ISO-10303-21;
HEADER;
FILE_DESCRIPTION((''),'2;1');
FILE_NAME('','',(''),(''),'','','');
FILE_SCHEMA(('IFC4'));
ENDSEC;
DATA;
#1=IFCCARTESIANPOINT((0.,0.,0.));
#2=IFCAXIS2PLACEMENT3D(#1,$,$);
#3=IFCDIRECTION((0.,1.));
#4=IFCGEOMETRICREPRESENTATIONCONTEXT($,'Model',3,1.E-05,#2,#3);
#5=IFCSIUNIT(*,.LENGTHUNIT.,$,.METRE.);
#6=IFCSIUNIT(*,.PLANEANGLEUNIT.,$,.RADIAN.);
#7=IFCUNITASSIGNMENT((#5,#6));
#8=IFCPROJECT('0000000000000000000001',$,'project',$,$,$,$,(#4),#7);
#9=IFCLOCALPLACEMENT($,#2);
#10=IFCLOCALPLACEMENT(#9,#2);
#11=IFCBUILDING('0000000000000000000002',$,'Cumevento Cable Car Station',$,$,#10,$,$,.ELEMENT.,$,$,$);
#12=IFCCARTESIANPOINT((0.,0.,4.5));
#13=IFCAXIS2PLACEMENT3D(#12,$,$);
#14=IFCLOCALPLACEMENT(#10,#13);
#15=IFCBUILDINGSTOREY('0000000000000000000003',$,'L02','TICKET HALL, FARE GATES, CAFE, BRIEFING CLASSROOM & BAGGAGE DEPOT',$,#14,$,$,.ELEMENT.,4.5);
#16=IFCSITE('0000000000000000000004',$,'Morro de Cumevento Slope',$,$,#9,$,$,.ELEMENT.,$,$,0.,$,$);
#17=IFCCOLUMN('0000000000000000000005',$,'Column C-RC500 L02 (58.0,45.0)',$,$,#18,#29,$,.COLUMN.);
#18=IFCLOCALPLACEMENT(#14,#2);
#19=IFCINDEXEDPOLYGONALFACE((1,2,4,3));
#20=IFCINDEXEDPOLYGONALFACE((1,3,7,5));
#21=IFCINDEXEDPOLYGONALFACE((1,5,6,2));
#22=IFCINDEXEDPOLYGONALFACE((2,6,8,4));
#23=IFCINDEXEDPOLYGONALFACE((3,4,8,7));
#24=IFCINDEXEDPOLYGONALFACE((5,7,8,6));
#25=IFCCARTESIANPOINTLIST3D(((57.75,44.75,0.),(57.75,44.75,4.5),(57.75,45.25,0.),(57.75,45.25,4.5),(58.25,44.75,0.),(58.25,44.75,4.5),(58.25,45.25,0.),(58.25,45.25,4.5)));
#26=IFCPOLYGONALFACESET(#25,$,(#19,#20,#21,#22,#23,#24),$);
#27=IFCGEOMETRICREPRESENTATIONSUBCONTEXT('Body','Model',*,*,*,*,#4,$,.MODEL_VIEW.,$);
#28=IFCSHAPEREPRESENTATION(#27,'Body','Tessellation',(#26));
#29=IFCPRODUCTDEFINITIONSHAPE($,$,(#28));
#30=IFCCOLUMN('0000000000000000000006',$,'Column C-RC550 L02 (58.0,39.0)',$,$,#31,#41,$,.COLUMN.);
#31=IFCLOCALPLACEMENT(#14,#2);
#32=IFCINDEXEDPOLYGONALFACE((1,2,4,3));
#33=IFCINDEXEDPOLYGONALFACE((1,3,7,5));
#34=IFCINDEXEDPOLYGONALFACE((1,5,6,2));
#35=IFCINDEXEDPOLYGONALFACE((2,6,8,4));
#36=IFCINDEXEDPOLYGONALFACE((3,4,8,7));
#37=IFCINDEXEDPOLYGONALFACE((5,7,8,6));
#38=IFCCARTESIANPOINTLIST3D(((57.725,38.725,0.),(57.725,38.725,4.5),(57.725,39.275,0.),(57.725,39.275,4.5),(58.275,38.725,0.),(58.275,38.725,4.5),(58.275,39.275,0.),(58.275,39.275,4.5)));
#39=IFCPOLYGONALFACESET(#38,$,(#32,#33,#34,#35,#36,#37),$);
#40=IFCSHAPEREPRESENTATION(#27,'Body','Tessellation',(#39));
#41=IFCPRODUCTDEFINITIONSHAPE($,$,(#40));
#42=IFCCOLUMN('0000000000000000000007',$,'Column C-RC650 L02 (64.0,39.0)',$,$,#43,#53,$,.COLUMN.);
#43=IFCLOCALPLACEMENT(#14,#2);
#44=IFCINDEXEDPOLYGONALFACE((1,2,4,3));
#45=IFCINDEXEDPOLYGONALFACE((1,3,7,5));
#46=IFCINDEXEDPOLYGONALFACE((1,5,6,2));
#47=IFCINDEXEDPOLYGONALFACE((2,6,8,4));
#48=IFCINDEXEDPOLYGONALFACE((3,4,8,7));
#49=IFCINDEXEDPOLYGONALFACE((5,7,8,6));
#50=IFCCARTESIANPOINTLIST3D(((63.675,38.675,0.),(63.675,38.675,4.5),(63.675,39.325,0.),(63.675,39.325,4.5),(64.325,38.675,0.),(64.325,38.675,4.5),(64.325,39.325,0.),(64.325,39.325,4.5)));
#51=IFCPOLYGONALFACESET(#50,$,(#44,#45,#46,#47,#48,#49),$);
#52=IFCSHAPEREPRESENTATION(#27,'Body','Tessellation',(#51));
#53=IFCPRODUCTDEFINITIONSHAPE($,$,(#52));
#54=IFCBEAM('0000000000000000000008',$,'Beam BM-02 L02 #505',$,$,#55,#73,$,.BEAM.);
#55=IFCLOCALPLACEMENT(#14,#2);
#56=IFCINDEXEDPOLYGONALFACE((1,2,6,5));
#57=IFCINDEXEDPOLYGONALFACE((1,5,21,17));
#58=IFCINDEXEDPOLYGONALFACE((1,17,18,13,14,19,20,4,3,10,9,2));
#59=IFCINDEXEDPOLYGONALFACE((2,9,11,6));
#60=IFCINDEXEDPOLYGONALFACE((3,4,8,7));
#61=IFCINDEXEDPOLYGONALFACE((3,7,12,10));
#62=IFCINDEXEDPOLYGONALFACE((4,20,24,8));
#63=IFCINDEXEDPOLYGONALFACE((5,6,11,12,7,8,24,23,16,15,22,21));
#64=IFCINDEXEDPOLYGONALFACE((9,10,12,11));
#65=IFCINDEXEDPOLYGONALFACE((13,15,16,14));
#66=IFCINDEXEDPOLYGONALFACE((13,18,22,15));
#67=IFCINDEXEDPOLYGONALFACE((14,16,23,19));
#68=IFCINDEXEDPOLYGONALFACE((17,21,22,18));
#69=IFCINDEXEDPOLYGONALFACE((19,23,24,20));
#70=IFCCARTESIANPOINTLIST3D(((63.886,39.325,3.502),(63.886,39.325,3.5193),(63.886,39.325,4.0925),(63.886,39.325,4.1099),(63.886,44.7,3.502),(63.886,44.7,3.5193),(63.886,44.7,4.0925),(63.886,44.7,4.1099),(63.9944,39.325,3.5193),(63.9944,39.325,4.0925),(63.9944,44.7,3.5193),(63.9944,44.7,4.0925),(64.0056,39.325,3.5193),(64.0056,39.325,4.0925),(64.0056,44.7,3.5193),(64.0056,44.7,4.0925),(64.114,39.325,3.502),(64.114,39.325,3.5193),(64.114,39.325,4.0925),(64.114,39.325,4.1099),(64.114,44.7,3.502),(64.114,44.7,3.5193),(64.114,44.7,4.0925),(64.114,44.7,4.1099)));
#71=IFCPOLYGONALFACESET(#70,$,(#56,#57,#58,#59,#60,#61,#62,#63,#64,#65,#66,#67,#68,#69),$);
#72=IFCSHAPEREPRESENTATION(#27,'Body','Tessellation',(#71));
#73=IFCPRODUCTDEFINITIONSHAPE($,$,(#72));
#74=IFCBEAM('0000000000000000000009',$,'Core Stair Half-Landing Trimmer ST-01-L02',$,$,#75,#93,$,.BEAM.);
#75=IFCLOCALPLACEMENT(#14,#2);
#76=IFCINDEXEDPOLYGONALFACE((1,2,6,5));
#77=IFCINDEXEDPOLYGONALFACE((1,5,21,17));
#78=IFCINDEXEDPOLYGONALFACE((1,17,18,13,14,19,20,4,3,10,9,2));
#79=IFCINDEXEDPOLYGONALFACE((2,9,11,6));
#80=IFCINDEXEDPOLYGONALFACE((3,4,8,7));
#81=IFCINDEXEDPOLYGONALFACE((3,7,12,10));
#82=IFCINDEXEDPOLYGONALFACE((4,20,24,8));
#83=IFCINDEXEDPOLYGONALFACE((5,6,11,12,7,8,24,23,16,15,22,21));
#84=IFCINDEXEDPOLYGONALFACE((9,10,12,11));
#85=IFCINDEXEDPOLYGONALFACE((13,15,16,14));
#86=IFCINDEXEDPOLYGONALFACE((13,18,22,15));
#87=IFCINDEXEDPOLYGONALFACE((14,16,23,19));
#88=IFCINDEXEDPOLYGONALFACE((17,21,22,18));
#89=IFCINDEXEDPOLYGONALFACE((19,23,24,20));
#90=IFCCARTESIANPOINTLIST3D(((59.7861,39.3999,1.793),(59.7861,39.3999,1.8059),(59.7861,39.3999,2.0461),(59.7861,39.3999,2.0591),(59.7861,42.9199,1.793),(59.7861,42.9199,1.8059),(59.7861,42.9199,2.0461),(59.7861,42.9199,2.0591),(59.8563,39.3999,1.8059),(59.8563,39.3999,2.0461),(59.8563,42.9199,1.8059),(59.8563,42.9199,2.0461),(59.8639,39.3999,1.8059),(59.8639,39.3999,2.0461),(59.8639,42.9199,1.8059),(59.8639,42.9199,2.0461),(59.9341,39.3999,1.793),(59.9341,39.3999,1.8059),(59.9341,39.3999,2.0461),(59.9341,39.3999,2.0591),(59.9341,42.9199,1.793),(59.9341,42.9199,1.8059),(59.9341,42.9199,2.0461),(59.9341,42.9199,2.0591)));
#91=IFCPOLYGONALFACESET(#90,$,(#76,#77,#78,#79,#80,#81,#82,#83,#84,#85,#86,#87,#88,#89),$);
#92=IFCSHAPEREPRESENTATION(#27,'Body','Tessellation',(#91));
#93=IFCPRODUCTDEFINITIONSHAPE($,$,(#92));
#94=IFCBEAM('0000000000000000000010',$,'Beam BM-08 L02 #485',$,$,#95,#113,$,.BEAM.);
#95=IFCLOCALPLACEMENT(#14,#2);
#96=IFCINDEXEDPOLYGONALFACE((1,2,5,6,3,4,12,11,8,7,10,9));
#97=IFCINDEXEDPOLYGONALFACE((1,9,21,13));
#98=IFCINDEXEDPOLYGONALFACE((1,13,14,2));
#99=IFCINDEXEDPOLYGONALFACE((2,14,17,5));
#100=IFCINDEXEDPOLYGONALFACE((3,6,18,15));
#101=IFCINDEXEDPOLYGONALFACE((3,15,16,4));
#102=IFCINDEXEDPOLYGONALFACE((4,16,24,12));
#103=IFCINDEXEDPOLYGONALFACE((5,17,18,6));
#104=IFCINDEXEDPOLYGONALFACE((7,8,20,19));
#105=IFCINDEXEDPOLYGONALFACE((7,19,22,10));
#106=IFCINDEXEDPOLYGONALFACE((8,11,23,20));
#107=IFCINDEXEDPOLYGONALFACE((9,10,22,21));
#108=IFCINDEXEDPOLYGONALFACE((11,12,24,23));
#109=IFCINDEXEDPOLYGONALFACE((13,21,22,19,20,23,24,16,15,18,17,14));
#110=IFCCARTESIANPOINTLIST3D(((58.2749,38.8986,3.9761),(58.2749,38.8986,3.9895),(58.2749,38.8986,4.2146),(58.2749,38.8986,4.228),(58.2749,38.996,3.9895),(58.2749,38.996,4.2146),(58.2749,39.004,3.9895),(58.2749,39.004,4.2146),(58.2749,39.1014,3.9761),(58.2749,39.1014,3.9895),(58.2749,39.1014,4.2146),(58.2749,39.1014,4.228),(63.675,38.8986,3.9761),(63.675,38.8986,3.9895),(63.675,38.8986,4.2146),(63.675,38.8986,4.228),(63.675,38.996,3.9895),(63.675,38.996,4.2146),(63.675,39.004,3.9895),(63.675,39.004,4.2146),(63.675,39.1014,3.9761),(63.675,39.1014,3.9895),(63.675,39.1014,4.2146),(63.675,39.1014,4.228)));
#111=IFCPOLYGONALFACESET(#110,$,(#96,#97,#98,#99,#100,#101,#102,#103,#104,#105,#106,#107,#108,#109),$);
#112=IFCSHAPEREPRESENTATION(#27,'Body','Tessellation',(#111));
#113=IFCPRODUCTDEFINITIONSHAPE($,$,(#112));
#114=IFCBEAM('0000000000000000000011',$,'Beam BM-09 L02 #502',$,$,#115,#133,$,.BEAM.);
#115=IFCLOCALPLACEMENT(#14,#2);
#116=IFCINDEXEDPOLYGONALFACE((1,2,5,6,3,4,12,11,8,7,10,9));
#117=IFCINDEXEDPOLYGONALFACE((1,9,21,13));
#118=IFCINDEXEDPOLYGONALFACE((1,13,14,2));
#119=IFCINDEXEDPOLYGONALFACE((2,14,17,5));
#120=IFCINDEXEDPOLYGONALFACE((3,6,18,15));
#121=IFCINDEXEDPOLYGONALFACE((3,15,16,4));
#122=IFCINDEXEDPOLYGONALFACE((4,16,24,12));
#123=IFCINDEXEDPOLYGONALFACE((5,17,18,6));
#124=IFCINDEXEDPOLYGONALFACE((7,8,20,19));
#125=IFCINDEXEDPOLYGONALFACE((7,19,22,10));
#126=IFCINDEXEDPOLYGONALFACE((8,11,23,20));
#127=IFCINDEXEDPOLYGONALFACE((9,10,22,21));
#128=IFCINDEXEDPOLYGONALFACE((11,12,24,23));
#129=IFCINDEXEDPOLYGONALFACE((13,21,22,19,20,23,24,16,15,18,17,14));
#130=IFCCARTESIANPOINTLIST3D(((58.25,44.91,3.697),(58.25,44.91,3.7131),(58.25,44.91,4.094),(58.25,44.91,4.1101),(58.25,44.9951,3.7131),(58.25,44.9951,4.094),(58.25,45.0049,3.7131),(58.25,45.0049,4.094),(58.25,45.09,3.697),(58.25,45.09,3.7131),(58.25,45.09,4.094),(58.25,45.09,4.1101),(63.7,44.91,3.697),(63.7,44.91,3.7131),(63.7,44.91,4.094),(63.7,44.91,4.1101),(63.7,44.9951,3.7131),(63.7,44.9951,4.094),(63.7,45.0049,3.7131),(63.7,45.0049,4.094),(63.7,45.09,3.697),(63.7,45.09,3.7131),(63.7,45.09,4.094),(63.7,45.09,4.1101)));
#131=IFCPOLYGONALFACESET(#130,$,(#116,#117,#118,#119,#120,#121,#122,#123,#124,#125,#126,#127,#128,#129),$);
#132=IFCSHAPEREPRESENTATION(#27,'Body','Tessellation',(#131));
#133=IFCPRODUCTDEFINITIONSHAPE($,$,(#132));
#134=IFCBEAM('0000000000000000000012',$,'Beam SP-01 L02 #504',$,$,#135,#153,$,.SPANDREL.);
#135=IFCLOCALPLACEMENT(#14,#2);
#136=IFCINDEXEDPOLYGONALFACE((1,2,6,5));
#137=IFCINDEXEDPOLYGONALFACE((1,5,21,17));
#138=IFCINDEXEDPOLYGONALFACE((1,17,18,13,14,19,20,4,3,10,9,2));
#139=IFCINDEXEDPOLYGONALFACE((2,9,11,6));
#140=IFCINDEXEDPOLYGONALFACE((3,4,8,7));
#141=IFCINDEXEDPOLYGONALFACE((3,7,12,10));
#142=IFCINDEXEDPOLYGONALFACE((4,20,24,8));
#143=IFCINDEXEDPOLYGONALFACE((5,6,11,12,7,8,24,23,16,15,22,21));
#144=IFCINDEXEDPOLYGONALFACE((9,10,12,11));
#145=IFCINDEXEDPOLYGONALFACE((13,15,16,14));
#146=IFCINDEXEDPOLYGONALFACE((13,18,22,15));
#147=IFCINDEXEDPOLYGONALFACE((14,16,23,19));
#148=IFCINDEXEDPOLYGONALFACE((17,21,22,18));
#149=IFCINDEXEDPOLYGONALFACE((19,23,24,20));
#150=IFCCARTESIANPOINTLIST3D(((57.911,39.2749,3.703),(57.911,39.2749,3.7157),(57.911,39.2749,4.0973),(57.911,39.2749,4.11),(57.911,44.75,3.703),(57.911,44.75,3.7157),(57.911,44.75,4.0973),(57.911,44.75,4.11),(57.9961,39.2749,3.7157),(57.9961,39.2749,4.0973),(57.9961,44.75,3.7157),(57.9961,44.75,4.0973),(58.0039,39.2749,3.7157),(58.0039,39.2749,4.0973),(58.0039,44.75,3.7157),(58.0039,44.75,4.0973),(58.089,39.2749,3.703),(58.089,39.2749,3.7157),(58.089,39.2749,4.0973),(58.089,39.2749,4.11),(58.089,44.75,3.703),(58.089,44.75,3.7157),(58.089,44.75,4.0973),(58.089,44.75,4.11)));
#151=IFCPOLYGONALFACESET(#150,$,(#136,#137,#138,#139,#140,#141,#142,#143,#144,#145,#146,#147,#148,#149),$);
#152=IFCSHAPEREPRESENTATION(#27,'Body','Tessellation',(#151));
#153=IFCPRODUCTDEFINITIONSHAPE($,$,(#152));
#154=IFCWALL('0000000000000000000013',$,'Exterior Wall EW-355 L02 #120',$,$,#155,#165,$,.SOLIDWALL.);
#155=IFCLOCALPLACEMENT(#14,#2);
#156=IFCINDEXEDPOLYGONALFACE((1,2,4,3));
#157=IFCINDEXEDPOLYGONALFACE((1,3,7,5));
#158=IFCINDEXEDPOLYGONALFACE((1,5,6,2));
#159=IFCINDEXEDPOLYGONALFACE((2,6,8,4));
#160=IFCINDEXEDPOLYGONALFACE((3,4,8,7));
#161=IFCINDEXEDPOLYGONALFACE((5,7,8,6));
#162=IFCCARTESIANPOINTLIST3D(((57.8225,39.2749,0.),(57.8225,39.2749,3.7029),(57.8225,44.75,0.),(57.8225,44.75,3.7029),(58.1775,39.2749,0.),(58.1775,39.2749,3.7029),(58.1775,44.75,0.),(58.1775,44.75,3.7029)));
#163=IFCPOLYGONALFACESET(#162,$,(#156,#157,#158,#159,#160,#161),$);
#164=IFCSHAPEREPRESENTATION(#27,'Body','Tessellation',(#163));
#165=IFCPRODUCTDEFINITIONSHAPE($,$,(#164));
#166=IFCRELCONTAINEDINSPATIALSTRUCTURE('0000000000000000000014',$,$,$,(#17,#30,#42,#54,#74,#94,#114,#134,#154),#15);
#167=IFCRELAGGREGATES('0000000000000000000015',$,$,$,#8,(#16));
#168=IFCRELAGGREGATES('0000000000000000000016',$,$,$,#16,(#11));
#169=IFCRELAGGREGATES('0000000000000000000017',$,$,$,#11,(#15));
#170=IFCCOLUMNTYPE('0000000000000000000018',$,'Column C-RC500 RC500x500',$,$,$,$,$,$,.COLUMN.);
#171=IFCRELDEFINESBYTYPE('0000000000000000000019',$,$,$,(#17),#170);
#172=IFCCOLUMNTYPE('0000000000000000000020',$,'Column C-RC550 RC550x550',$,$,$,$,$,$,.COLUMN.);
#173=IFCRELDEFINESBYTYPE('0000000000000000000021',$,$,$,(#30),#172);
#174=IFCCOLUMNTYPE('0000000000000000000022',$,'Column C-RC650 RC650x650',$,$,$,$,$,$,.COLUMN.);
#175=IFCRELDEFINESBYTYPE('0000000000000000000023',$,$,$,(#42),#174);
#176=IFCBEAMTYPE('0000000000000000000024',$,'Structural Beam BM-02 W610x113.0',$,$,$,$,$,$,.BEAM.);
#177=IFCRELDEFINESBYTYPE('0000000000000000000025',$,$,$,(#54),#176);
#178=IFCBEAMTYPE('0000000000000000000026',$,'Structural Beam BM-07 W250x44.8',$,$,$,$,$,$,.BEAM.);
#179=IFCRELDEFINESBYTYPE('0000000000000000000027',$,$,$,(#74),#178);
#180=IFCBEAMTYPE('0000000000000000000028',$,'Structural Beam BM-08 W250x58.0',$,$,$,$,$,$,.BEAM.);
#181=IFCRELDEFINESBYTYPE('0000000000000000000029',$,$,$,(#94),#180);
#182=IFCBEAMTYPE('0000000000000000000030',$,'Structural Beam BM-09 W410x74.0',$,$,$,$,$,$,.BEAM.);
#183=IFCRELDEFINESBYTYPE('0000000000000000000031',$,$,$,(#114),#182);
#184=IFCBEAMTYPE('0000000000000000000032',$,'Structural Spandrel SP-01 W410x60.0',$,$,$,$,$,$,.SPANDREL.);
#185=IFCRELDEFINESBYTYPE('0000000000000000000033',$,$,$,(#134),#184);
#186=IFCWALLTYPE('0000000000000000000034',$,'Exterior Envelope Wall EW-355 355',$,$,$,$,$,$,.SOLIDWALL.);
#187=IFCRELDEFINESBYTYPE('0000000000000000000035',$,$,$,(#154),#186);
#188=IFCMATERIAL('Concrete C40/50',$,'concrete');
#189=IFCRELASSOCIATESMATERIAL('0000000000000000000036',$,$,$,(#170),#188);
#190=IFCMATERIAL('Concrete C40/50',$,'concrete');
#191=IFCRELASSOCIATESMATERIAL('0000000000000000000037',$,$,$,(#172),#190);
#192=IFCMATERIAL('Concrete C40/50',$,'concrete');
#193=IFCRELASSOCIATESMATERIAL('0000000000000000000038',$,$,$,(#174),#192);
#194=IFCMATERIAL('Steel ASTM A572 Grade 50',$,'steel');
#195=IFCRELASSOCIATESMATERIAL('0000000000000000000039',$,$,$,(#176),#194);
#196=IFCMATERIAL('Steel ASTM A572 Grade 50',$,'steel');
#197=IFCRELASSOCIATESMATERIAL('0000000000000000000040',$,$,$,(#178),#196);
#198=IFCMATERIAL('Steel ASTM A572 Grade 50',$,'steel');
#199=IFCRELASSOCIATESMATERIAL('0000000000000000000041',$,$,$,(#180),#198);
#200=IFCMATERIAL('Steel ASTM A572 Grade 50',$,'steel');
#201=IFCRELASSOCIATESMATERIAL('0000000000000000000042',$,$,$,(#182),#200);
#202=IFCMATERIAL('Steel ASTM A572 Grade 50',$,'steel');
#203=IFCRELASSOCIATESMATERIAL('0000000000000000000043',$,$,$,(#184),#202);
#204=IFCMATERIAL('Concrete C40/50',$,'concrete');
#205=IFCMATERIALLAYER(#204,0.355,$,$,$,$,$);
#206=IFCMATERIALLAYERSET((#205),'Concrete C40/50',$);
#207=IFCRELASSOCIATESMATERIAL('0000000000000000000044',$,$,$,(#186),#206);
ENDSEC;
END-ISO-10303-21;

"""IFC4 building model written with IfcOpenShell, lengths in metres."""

from ifc_helpers import new_model, si_unit, direction, frame, frame_2d, origin, origin_2d, place, context, subcontext, project, spatial, rectangle, i_section, extrude, material, layer, layer_set, material_profile, profile_set, type_object, element, save


model = new_model("IFC4")

# Units and contexts
model_context = context("Model", 3, precision=1e-05, world=origin(), true_north=direction((0.0, 1.0)))
body_context = subcontext(model_context, "Body", "Model", "MODEL_VIEW")
ifc_project = project(units=[si_unit("LENGTHUNIT", "METRE"), si_unit("PLANEANGLEUNIT", "RADIAN")], contexts=[model_context])

# Site, building, storey
site_placement = place(None, origin())
site = spatial("IfcSite", under=ifc_project, at=site_placement, Name="Morro de Cumevento Slope", CompositionType="ELEMENT", RefElevation=0.0)
building_placement = place(site_placement, origin())
building = spatial("IfcBuilding", under=site, at=building_placement, Name="Cumevento Cable Car Station", CompositionType="ELEMENT")
storey_placement = place(building_placement, frame((0.0, 0.0, 4.5)))
storey = spatial("IfcBuildingStorey", under=building, at=storey_placement, Name="L02", Description="TICKET HALL, FARE GATES, CAFE, BRIEFING CLASSROOM & BAGGAGE DEPOT", CompositionType="ELEMENT", Elevation=4.5)

# Columns
ifc_material_1 = material(Name="Concrete C40/50", Category="concrete")
ifc_material_profile_1 = material_profile(ifc_material_1, rectangle(XDim=0.5, YDim=0.5, at=origin_2d()), Name="RC500x500")
ifc_profile_set_1 = profile_set([ifc_material_profile_1], Name="Concrete C40/50")
column_type_1 = type_object("IfcColumnType", Name="Column C-RC500 RC500x500", PredefinedType="COLUMN", material=ifc_profile_set_1)
column_1_placement = place(storey_placement, frame((58.0, 45.0, 0.0), z_axis=(0.0, 0.0, 1.0), x_axis=(1.0, 0.0, 0.0)))
element("IfcColumn", 1, at=column_1_placement, inside=storey, type_object=column_type_1, Name="Column C-RC500 L02 (58.0,45.0)", PredefinedType="COLUMN", context=body_context, shape_type="SweptSolid", body=[
    extrude(rectangle(XDim=0.5, YDim=0.5, at=origin_2d()), origin(), (0.0, 0.0, 1.0), 4.5),
])
ifc_material_2 = material(Name="Concrete C40/50", Category="concrete")
ifc_material_profile_2 = material_profile(ifc_material_2, rectangle(XDim=0.55, YDim=0.55, at=origin_2d()), Name="RC550x550")
ifc_profile_set_2 = profile_set([ifc_material_profile_2], Name="Concrete C40/50")
column_type_2 = type_object("IfcColumnType", Name="Column C-RC550 RC550x550", PredefinedType="COLUMN", material=ifc_profile_set_2)
column_2_placement = place(storey_placement, frame((58.0, 39.0, 0.0), z_axis=(0.0, 0.0, 1.0), x_axis=(1.0, 0.0, 0.0)))
element("IfcColumn", 2, at=column_2_placement, inside=storey, type_object=column_type_2, Name="Column C-RC550 L02 (58.0,39.0)", PredefinedType="COLUMN", context=body_context, shape_type="SweptSolid", body=[
    extrude(rectangle(XDim=0.55, YDim=0.55, at=origin_2d()), origin(), (0.0, 0.0, 1.0), 4.5),
])
ifc_material_3 = material(Name="Concrete C40/50", Category="concrete")
ifc_material_profile_3 = material_profile(ifc_material_3, rectangle(XDim=0.6499, YDim=0.6499, at=origin_2d()), Name="RC650x650")
ifc_profile_set_3 = profile_set([ifc_material_profile_3], Name="Concrete C40/50")
column_type_3 = type_object("IfcColumnType", Name="Column C-RC650 RC650x650", PredefinedType="COLUMN", material=ifc_profile_set_3)
column_3_placement = place(storey_placement, frame((64.0, 39.0, 0.0), z_axis=(0.0, 0.0, 1.0), x_axis=(1.0, 0.0, 0.0)))
element("IfcColumn", 3, at=column_3_placement, inside=storey, type_object=column_type_3, Name="Column C-RC650 L02 (64.0,39.0)", PredefinedType="COLUMN", context=body_context, shape_type="SweptSolid", body=[
    extrude(rectangle(XDim=0.6499, YDim=0.6499, at=origin_2d()), origin(), (0.0, 0.0, 1.0), 4.5),
])

# Beams
ifc_material_4 = material(Name="Steel ASTM A572 Grade 50", Category="steel")
ifc_material_profile_4 = material_profile(ifc_material_4, i_section(OverallWidth=0.228, OverallDepth=0.6079, WebThickness=0.0112, FlangeThickness=0.0173, at=origin_2d()), Name="W610x113.0")
ifc_profile_set_4 = profile_set([ifc_material_profile_4], Name="Steel ASTM A572 Grade 50")
beam_type_1 = type_object("IfcBeamType", Name="Structural Beam BM-02 W610x113.0", PredefinedType="BEAM", material=ifc_profile_set_4)
beam_1_placement = place(storey_placement, frame((64.0, 39.325, 3.8059), z_axis=(0.0, 1.0, 0.0), x_axis=(-1.0, 0.0, 0.0)))
element("IfcBeam", 4, at=beam_1_placement, inside=storey, type_object=beam_type_1, Name="Beam BM-02 L02 #505", PredefinedType="BEAM", context=body_context, shape_type="SweptSolid", body=[
    extrude(i_section(OverallWidth=0.228, OverallDepth=0.6079, WebThickness=0.0112, FlangeThickness=0.0173, at=origin_2d()), origin(), (0.0, 0.0, 1.0), 5.375),
])
ifc_material_5 = material(Name="Steel ASTM A572 Grade 50", Category="steel")
ifc_material_profile_5 = material_profile(ifc_material_5, i_section(OverallWidth=0.1479, OverallDepth=0.2661, WebThickness=0.0076, FlangeThickness=0.0129, at=origin_2d()), Name="W250x44.8")
ifc_profile_set_5 = profile_set([ifc_material_profile_5], Name="Steel ASTM A572 Grade 50")
beam_type_2 = type_object("IfcBeamType", Name="Structural Beam BM-07 W250x44.8", PredefinedType="BEAM", material=ifc_profile_set_5)
beam_2_placement = place(storey_placement, frame((59.8601, 39.3999, 1.926), z_axis=(0.0, 1.0, 0.0), x_axis=(-1.0, 0.0, 0.0)))
element("IfcBeam", 5, at=beam_2_placement, inside=storey, type_object=beam_type_2, Name="Core Stair Half-Landing Trimmer ST-01-L02", PredefinedType="BEAM", context=body_context, shape_type="SweptSolid", body=[
    extrude(i_section(OverallWidth=0.1479, OverallDepth=0.2661, WebThickness=0.0076, FlangeThickness=0.0129, at=origin_2d()), origin(), (0.0, 0.0, 1.0), 3.52),
])
ifc_material_6 = material(Name="Steel ASTM A572 Grade 50", Category="steel")
ifc_material_profile_6 = material_profile(ifc_material_6, i_section(OverallWidth=0.2029, OverallDepth=0.252, WebThickness=0.0081, FlangeThickness=0.0134, at=origin_2d()), Name="W250x58.0")
ifc_profile_set_6 = profile_set([ifc_material_profile_6], Name="Steel ASTM A572 Grade 50")
beam_type_3 = type_object("IfcBeamType", Name="Structural Beam BM-08 W250x58.0", PredefinedType="BEAM", material=ifc_profile_set_6)
beam_3_placement = place(storey_placement, frame((58.2749, 39.0, 4.1021), z_axis=(1.0, 0.0, 0.0), x_axis=(0.0, 1.0, 0.0)))
element("IfcBeam", 6, at=beam_3_placement, inside=storey, type_object=beam_type_3, Name="Beam BM-08 L02 #485", PredefinedType="BEAM", context=body_context, shape_type="SweptSolid", body=[
    extrude(i_section(OverallWidth=0.2029, OverallDepth=0.252, WebThickness=0.0081, FlangeThickness=0.0134, at=origin_2d()), origin(), (0.0, 0.0, 1.0), 5.4001),
])
ifc_material_7 = material(Name="Steel ASTM A572 Grade 50", Category="steel")
ifc_material_profile_7 = material_profile(ifc_material_7, i_section(OverallWidth=0.1799, OverallDepth=0.4131, WebThickness=0.0098, FlangeThickness=0.0161, at=origin_2d()), Name="W410x74.0")
ifc_profile_set_7 = profile_set([ifc_material_profile_7], Name="Steel ASTM A572 Grade 50")
beam_type_4 = type_object("IfcBeamType", Name="Structural Beam BM-09 W410x74.0", PredefinedType="BEAM", material=ifc_profile_set_7)
beam_4_placement = place(storey_placement, frame((58.25, 45.0, 3.9036), z_axis=(1.0, 0.0, 0.0), x_axis=(0.0, 1.0, 0.0)))
element("IfcBeam", 7, at=beam_4_placement, inside=storey, type_object=beam_type_4, Name="Beam BM-09 L02 #502", PredefinedType="BEAM", context=body_context, shape_type="SweptSolid", body=[
    extrude(i_section(OverallWidth=0.1799, OverallDepth=0.4131, WebThickness=0.0098, FlangeThickness=0.0161, at=origin_2d()), origin(), (0.0, 0.0, 1.0), 5.45),
])
ifc_material_8 = material(Name="Steel ASTM A572 Grade 50", Category="steel")
ifc_material_profile_8 = material_profile(ifc_material_8, i_section(OverallWidth=0.178, OverallDepth=0.407, WebThickness=0.0078, FlangeThickness=0.0127, at=origin_2d()), Name="W410x60.0")
ifc_profile_set_8 = profile_set([ifc_material_profile_8], Name="Steel ASTM A572 Grade 50")
beam_type_5 = type_object("IfcBeamType", Name="Structural Spandrel SP-01 W410x60.0", PredefinedType="SPANDREL", material=ifc_profile_set_8)
beam_5_placement = place(storey_placement, frame((58.0, 39.2749, 3.9065), z_axis=(0.0, 1.0, 0.0), x_axis=(-1.0, 0.0, 0.0)))
element("IfcBeam", 8, at=beam_5_placement, inside=storey, type_object=beam_type_5, Name="Beam SP-01 L02 #504", PredefinedType="SPANDREL", context=body_context, shape_type="SweptSolid", body=[
    extrude(i_section(OverallWidth=0.178, OverallDepth=0.407, WebThickness=0.0078, FlangeThickness=0.0127, at=origin_2d()), origin(), (0.0, 0.0, 1.0), 5.4751),
])

# Wall
ifc_material_9 = material(Name="Concrete C40/50", Category="concrete")
ifc_layer_1 = layer(ifc_material_9, 0.355)
ifc_layer_set_1 = layer_set([ifc_layer_1], Name="Concrete C40/50")
wall_type_1 = type_object("IfcWallType", Name="Exterior Envelope Wall EW-355 355", PredefinedType="SOLIDWALL", material=ifc_layer_set_1)
wall_1_placement = place(storey_placement, frame((58.0, 39.2749, 0.0), z_axis=(0.0, 0.0, 1.0), x_axis=(0.0, 1.0, 0.0)))
element("IfcWall", 9, at=wall_1_placement, inside=storey, type_object=wall_type_1, Name="Exterior Wall EW-355 L02 #120", PredefinedType="SOLIDWALL", context=body_context, shape_type="SweptSolid", body=[
    extrude(rectangle(XDim=5.4751, YDim=0.355, at=frame_2d((2.7375, 0.0))), origin(), (0.0, 0.0, 1.0), 3.7029),
])

save(model, "model.ifc")
